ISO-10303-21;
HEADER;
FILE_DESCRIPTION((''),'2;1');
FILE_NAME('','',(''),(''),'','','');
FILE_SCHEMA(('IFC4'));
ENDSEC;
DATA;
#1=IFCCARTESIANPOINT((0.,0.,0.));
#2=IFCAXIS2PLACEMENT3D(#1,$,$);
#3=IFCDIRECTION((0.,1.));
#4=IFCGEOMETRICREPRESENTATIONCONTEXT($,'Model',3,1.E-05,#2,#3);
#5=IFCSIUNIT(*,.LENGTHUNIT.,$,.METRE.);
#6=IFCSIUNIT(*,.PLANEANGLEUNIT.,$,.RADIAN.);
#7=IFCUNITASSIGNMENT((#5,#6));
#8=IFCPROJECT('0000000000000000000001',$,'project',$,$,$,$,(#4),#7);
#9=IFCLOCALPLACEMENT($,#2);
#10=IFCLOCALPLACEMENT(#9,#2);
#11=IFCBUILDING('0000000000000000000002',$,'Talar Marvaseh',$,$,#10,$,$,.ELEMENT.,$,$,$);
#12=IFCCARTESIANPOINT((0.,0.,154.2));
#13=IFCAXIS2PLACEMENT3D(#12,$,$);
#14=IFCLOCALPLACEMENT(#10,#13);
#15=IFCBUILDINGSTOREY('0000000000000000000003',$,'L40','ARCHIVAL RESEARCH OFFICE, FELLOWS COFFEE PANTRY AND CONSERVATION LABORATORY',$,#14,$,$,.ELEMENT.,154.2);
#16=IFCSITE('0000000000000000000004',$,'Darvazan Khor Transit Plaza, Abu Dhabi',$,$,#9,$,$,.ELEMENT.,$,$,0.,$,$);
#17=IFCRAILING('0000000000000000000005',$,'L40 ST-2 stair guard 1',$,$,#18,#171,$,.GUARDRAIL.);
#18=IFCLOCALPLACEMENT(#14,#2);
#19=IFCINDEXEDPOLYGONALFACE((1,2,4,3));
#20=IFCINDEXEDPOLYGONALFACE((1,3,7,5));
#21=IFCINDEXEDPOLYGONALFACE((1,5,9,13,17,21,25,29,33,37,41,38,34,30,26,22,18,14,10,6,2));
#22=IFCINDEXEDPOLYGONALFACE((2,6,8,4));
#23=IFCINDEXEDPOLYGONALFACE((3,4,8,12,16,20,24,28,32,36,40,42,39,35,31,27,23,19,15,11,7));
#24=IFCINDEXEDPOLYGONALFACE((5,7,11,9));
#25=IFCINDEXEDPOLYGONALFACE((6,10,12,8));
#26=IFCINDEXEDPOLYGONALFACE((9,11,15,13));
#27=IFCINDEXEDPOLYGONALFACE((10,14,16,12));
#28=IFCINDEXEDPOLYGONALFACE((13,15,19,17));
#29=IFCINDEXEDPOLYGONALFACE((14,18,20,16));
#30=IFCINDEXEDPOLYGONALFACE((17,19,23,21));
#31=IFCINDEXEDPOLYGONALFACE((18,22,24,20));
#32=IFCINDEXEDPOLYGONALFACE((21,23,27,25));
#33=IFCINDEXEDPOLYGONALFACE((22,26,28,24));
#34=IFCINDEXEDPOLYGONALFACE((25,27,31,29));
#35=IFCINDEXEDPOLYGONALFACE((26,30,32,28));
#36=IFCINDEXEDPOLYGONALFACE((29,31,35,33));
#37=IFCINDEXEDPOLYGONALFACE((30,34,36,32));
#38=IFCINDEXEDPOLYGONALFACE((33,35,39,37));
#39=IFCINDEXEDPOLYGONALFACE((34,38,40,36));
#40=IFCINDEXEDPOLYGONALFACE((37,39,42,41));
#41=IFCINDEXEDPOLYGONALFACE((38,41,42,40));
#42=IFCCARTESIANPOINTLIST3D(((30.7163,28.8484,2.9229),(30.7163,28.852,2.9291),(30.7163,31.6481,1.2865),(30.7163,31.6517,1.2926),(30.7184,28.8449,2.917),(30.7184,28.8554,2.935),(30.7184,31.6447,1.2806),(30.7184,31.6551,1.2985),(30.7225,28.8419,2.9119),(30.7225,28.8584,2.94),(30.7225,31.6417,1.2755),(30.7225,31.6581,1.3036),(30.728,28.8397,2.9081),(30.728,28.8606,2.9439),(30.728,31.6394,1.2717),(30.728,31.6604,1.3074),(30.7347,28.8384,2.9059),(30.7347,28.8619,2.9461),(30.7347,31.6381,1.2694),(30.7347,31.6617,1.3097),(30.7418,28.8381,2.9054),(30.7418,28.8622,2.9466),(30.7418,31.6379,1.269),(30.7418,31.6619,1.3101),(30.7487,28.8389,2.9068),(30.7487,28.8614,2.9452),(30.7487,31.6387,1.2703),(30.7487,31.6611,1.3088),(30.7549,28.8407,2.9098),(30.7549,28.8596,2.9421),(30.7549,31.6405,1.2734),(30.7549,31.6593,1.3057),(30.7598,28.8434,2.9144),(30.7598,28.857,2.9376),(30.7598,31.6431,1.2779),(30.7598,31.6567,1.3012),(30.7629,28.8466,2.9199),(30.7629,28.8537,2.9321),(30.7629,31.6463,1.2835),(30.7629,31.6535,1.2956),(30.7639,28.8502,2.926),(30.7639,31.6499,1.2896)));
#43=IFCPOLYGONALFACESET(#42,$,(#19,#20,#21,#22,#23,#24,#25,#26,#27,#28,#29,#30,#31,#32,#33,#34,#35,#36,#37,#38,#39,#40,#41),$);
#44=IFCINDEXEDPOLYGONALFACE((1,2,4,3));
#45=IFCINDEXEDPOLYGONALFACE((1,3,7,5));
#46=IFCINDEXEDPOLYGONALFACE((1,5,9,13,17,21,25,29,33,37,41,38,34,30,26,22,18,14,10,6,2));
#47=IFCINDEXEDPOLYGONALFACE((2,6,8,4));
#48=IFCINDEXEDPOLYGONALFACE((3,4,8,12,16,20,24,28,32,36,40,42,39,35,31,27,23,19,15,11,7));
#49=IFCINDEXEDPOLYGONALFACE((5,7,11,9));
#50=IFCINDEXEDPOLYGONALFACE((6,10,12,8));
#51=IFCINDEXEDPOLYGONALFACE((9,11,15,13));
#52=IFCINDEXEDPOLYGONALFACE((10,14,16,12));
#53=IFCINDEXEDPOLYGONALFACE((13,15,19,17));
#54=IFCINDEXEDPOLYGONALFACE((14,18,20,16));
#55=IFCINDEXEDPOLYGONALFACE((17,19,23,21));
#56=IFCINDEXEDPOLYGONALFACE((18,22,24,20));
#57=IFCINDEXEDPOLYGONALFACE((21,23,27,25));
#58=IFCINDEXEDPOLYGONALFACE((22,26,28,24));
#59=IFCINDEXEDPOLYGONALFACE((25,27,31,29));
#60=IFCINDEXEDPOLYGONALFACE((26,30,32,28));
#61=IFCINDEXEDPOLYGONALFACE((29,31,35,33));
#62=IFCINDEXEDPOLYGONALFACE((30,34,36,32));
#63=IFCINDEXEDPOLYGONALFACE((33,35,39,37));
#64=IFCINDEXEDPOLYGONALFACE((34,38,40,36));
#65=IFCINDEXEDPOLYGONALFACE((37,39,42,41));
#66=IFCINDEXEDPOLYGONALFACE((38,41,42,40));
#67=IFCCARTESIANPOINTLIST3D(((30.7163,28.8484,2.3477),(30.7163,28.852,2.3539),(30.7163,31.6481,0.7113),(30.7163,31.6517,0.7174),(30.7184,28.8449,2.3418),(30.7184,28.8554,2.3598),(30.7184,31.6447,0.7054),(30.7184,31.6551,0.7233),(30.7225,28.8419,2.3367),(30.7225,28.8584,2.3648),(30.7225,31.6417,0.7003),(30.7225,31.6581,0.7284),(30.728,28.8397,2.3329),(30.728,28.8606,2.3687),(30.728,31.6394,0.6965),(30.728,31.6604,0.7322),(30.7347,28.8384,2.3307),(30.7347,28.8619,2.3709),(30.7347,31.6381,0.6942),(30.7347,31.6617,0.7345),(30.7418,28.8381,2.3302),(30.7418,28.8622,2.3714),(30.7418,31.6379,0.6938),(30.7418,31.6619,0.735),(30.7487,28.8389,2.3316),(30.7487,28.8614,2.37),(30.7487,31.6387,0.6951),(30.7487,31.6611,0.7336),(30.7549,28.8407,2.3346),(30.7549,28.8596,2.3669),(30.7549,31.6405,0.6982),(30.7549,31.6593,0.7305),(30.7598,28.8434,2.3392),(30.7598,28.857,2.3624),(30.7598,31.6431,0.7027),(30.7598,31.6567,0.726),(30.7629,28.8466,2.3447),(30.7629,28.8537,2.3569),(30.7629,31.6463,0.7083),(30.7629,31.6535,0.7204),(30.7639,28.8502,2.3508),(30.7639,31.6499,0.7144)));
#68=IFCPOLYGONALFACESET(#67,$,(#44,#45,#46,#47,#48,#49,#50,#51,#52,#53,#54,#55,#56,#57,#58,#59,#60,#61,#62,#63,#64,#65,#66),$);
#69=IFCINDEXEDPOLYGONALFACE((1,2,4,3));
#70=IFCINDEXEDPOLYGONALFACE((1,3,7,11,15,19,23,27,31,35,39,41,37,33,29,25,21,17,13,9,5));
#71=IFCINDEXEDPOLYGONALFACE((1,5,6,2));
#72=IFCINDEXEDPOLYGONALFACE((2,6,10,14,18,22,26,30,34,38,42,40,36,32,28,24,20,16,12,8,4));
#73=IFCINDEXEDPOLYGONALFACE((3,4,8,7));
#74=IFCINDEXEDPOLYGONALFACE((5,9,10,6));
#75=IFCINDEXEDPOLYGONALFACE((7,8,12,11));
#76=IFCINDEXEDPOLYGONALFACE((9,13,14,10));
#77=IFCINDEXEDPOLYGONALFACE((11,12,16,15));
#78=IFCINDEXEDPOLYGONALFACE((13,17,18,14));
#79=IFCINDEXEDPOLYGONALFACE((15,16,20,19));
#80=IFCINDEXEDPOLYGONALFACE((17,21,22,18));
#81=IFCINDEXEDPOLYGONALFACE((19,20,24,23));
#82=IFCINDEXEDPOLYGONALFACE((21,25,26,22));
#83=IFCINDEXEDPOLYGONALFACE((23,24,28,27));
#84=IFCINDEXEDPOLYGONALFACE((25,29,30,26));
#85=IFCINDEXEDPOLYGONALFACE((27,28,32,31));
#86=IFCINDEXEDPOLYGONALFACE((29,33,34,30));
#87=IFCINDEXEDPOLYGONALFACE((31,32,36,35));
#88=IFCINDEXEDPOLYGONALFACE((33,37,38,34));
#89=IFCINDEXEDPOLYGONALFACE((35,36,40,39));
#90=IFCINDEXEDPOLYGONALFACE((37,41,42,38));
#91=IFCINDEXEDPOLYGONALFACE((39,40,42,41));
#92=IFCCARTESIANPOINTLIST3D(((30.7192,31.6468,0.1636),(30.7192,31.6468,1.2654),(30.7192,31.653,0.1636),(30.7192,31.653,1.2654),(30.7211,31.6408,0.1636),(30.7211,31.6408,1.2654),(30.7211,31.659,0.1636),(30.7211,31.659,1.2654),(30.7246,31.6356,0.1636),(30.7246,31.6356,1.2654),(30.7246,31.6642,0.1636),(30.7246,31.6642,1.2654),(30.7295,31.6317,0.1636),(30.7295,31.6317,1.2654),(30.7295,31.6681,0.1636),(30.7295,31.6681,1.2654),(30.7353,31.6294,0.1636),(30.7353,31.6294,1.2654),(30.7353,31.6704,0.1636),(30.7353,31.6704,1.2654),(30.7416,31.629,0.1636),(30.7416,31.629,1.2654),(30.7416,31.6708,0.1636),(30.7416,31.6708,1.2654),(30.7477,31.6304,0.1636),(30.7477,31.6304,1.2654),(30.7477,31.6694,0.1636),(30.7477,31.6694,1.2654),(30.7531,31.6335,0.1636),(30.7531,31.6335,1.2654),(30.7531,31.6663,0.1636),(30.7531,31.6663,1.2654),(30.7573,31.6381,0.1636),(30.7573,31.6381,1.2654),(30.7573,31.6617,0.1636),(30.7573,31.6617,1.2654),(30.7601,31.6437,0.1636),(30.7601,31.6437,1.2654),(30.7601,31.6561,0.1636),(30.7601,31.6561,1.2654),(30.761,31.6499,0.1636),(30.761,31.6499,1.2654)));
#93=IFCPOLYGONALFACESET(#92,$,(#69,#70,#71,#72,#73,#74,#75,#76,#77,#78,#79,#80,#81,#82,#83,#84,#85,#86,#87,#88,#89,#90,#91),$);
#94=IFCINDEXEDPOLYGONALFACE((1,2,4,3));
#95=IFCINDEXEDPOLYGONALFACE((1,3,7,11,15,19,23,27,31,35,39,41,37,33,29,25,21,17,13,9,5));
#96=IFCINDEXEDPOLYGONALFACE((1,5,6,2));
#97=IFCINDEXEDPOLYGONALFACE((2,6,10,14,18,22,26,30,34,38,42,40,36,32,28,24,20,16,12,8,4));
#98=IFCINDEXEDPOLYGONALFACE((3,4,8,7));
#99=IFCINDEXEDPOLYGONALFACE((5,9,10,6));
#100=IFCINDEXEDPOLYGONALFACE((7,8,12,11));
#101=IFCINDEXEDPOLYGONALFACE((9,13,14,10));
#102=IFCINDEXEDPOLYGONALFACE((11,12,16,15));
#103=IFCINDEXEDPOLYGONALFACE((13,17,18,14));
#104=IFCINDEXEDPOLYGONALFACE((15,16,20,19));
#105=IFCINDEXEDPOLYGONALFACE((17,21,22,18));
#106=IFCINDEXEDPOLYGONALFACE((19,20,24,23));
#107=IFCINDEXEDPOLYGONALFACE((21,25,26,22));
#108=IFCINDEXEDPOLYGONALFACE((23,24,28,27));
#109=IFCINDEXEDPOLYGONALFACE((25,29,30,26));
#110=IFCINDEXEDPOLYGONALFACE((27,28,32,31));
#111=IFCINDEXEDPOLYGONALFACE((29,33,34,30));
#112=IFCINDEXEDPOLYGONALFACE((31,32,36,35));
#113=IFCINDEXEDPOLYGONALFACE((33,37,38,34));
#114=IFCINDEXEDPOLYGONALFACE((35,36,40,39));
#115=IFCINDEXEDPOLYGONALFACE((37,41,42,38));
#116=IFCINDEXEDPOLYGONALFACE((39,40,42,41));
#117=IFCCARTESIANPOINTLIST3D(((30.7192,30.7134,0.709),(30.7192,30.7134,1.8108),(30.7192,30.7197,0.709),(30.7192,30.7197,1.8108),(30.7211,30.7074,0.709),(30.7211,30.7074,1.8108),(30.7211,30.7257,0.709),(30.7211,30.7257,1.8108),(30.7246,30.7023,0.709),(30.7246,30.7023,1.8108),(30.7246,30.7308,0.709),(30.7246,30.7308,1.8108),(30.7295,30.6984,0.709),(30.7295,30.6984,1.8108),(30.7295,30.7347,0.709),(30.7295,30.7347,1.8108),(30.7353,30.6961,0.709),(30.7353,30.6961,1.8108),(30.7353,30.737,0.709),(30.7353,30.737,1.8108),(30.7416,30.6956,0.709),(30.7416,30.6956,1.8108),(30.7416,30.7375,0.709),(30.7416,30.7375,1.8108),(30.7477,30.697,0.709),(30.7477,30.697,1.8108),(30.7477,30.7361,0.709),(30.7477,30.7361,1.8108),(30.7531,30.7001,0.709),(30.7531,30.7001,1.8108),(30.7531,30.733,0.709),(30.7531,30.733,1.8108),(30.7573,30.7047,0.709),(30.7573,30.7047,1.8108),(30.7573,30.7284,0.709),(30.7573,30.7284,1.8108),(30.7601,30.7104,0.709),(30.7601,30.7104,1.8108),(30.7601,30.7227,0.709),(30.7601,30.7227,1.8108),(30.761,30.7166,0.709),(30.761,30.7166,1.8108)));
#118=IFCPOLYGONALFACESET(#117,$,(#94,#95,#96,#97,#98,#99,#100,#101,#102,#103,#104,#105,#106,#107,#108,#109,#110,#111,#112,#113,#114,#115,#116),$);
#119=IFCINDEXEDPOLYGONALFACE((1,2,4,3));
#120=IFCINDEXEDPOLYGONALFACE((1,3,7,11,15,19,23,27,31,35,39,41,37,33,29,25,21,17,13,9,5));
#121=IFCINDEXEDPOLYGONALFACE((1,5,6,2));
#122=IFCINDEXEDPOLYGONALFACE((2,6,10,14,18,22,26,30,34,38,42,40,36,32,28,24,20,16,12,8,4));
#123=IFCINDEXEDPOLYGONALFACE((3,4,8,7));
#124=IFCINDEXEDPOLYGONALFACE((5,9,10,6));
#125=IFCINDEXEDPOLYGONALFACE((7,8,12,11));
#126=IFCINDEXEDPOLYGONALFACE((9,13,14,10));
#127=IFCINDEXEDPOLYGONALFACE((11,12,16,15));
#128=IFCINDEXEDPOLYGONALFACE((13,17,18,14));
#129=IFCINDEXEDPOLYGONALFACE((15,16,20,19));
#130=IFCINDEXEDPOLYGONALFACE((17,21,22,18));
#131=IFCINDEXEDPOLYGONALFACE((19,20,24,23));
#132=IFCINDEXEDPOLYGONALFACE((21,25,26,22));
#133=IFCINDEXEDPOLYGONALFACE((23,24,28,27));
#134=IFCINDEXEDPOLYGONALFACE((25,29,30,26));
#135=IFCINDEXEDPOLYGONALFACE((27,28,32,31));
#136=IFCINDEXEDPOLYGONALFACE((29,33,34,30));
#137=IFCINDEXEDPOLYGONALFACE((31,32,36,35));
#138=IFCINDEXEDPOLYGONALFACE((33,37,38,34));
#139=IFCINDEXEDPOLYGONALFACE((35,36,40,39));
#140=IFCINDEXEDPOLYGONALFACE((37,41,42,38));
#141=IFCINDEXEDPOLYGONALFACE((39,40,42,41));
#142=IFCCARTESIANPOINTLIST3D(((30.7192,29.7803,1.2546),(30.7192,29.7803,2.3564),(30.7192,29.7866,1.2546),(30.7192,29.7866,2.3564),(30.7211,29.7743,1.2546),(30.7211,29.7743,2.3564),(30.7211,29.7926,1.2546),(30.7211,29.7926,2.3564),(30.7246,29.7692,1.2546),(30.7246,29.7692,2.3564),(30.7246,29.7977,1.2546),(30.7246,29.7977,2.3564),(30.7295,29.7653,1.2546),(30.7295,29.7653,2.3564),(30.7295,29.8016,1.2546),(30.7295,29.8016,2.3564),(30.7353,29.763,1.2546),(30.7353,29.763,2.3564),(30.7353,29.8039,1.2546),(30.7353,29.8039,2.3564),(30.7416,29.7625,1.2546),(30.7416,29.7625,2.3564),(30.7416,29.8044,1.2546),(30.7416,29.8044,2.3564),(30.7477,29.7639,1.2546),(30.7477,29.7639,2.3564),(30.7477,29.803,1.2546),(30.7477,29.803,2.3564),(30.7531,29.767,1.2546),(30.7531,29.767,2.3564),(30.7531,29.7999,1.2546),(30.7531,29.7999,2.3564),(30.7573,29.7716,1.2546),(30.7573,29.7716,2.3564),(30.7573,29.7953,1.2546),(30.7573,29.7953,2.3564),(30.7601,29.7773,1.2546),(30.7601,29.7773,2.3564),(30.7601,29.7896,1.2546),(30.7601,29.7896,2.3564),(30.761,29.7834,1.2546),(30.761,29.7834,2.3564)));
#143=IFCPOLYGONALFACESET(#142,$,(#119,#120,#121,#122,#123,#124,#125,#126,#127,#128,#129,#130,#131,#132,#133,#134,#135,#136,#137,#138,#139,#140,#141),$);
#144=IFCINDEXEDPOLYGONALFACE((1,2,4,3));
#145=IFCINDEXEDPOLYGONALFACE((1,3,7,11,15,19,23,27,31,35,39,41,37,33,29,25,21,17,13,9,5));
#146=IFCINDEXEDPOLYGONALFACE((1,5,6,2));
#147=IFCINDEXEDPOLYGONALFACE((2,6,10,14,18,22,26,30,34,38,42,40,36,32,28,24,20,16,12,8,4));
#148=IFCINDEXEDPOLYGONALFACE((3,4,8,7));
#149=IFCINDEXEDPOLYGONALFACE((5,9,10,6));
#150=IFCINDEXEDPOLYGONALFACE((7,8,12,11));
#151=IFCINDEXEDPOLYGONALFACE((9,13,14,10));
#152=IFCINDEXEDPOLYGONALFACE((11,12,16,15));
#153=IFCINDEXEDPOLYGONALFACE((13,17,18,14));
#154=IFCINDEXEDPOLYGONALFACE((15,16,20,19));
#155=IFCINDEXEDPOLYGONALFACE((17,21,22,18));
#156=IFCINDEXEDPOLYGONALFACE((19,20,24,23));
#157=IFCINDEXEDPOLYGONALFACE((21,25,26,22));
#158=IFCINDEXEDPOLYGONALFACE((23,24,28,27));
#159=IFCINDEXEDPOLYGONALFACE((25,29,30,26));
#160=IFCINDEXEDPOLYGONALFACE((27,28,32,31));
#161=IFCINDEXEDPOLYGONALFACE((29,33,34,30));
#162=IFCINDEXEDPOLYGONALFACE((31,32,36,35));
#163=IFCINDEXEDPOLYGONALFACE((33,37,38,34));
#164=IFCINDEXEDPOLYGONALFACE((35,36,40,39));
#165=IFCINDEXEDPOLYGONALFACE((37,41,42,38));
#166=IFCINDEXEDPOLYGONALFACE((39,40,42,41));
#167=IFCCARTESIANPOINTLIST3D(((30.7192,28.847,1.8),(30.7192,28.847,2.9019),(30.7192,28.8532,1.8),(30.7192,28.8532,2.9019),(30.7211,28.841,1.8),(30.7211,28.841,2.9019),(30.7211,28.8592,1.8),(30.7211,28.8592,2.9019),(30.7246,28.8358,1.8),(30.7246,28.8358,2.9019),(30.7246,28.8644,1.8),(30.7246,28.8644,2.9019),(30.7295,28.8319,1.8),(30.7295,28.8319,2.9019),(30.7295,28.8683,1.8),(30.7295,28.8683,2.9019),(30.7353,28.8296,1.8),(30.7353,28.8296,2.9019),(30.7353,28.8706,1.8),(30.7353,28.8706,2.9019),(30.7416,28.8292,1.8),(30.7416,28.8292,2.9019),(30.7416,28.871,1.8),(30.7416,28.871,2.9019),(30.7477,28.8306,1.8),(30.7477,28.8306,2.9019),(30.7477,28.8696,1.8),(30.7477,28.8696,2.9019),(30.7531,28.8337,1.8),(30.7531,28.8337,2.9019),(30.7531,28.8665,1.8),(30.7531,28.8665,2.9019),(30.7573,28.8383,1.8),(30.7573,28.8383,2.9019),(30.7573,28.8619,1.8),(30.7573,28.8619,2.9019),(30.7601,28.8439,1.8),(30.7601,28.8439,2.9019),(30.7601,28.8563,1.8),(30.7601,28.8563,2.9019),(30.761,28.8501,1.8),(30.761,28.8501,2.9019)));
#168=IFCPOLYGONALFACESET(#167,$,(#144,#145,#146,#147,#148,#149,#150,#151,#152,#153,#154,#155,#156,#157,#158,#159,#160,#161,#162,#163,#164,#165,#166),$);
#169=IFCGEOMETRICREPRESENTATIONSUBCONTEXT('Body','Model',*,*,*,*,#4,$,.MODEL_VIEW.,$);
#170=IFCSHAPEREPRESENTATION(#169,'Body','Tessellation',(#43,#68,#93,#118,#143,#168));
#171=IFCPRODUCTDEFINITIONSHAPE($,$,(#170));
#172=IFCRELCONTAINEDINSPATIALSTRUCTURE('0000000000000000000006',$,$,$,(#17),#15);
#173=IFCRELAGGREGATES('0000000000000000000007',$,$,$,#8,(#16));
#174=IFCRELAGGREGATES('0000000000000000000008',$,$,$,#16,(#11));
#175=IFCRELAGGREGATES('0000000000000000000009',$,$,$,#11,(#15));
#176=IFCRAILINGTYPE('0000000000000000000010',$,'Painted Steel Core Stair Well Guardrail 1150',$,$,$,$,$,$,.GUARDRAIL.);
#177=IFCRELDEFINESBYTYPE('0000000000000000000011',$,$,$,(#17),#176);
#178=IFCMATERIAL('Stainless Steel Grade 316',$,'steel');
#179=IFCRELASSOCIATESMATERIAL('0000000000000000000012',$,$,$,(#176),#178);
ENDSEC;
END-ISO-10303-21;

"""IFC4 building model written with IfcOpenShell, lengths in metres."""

from ifc_helpers import new_model, si_unit, direction, frame, origin, origin_2d, place, context, subcontext, project, spatial, circle, extrude, material, type_object, element, save


model = new_model("IFC4")

# Units and contexts
model_context = context("Model", 3, precision=1e-05, world=origin(), true_north=direction((0.0, 1.0)))
body_context = subcontext(model_context, "Body", "Model", "MODEL_VIEW")
ifc_project = project(units=[si_unit("LENGTHUNIT", "METRE"), si_unit("PLANEANGLEUNIT", "RADIAN")], contexts=[model_context])

# Site, building, storey
site_placement = place(None, origin())
site = spatial("IfcSite", under=ifc_project, at=site_placement, Name="Darvazan Khor Transit Plaza, Abu Dhabi", CompositionType="ELEMENT", RefElevation=0.0)
building_placement = place(site_placement, origin())
building = spatial("IfcBuilding", under=site, at=building_placement, Name="Talar Marvaseh", CompositionType="ELEMENT")
storey_placement = place(building_placement, frame((0.0, 0.0, 154.2)))
storey = spatial("IfcBuildingStorey", under=building, at=storey_placement, Name="L40", Description="ARCHIVAL RESEARCH OFFICE, FELLOWS COFFEE PANTRY AND CONSERVATION LABORATORY", CompositionType="ELEMENT", Elevation=154.2)

# Shared definitions
ifc_material_1 = material(Name="Stainless Steel Grade 316", Category="steel")

# Railing
railing_type_1 = type_object("IfcRailingType", Name="Painted Steel Core Stair Well Guardrail 1150", PredefinedType="GUARDRAIL", material=ifc_material_1)
railing_1_placement = place(storey_placement, frame((30.74, 31.6499, 0.1636)))
element("IfcRailing", 1, at=railing_1_placement, inside=storey, type_object=railing_type_1, Name="L40 ST-2 stair guard 1", PredefinedType="GUARDRAIL", context=body_context, shape_type="SweptSolid", body=[
    extrude(circle(Radius=0.0239, at=origin_2d()), frame((0.0, 0.0, 1.126), z_axis=(0.0, -0.863342, 0.50462), x_axis=(1.0, 0.0, 0.0)), (0.0, 0.0, 1.0), 3.2429),
    extrude(circle(Radius=0.0239, at=origin_2d()), frame((0.0, 0.0, 0.5508), z_axis=(0.0, -0.863342, 0.50462), x_axis=(1.0, 0.0, 0.0)), (0.0, 0.0, 1.0), 3.2429),
    extrude(circle(Radius=0.021, at=origin_2d()), origin(), (0.0, 0.0, 1.0), 1.1018),
    extrude(circle(Radius=0.021, at=origin_2d()), frame((0.0, -0.9333, 0.5454)), (0.0, 0.0, 1.0), 1.1018),
    extrude(circle(Radius=0.021, at=origin_2d()), frame((0.0, -1.8665, 1.0911)), (0.0, 0.0, 1.0), 1.1018),
    extrude(circle(Radius=0.021, at=origin_2d()), frame((0.0, -2.7998, 1.6365)), (0.0, 0.0, 1.0), 1.1018),
])

save(model, "model.ifc")
